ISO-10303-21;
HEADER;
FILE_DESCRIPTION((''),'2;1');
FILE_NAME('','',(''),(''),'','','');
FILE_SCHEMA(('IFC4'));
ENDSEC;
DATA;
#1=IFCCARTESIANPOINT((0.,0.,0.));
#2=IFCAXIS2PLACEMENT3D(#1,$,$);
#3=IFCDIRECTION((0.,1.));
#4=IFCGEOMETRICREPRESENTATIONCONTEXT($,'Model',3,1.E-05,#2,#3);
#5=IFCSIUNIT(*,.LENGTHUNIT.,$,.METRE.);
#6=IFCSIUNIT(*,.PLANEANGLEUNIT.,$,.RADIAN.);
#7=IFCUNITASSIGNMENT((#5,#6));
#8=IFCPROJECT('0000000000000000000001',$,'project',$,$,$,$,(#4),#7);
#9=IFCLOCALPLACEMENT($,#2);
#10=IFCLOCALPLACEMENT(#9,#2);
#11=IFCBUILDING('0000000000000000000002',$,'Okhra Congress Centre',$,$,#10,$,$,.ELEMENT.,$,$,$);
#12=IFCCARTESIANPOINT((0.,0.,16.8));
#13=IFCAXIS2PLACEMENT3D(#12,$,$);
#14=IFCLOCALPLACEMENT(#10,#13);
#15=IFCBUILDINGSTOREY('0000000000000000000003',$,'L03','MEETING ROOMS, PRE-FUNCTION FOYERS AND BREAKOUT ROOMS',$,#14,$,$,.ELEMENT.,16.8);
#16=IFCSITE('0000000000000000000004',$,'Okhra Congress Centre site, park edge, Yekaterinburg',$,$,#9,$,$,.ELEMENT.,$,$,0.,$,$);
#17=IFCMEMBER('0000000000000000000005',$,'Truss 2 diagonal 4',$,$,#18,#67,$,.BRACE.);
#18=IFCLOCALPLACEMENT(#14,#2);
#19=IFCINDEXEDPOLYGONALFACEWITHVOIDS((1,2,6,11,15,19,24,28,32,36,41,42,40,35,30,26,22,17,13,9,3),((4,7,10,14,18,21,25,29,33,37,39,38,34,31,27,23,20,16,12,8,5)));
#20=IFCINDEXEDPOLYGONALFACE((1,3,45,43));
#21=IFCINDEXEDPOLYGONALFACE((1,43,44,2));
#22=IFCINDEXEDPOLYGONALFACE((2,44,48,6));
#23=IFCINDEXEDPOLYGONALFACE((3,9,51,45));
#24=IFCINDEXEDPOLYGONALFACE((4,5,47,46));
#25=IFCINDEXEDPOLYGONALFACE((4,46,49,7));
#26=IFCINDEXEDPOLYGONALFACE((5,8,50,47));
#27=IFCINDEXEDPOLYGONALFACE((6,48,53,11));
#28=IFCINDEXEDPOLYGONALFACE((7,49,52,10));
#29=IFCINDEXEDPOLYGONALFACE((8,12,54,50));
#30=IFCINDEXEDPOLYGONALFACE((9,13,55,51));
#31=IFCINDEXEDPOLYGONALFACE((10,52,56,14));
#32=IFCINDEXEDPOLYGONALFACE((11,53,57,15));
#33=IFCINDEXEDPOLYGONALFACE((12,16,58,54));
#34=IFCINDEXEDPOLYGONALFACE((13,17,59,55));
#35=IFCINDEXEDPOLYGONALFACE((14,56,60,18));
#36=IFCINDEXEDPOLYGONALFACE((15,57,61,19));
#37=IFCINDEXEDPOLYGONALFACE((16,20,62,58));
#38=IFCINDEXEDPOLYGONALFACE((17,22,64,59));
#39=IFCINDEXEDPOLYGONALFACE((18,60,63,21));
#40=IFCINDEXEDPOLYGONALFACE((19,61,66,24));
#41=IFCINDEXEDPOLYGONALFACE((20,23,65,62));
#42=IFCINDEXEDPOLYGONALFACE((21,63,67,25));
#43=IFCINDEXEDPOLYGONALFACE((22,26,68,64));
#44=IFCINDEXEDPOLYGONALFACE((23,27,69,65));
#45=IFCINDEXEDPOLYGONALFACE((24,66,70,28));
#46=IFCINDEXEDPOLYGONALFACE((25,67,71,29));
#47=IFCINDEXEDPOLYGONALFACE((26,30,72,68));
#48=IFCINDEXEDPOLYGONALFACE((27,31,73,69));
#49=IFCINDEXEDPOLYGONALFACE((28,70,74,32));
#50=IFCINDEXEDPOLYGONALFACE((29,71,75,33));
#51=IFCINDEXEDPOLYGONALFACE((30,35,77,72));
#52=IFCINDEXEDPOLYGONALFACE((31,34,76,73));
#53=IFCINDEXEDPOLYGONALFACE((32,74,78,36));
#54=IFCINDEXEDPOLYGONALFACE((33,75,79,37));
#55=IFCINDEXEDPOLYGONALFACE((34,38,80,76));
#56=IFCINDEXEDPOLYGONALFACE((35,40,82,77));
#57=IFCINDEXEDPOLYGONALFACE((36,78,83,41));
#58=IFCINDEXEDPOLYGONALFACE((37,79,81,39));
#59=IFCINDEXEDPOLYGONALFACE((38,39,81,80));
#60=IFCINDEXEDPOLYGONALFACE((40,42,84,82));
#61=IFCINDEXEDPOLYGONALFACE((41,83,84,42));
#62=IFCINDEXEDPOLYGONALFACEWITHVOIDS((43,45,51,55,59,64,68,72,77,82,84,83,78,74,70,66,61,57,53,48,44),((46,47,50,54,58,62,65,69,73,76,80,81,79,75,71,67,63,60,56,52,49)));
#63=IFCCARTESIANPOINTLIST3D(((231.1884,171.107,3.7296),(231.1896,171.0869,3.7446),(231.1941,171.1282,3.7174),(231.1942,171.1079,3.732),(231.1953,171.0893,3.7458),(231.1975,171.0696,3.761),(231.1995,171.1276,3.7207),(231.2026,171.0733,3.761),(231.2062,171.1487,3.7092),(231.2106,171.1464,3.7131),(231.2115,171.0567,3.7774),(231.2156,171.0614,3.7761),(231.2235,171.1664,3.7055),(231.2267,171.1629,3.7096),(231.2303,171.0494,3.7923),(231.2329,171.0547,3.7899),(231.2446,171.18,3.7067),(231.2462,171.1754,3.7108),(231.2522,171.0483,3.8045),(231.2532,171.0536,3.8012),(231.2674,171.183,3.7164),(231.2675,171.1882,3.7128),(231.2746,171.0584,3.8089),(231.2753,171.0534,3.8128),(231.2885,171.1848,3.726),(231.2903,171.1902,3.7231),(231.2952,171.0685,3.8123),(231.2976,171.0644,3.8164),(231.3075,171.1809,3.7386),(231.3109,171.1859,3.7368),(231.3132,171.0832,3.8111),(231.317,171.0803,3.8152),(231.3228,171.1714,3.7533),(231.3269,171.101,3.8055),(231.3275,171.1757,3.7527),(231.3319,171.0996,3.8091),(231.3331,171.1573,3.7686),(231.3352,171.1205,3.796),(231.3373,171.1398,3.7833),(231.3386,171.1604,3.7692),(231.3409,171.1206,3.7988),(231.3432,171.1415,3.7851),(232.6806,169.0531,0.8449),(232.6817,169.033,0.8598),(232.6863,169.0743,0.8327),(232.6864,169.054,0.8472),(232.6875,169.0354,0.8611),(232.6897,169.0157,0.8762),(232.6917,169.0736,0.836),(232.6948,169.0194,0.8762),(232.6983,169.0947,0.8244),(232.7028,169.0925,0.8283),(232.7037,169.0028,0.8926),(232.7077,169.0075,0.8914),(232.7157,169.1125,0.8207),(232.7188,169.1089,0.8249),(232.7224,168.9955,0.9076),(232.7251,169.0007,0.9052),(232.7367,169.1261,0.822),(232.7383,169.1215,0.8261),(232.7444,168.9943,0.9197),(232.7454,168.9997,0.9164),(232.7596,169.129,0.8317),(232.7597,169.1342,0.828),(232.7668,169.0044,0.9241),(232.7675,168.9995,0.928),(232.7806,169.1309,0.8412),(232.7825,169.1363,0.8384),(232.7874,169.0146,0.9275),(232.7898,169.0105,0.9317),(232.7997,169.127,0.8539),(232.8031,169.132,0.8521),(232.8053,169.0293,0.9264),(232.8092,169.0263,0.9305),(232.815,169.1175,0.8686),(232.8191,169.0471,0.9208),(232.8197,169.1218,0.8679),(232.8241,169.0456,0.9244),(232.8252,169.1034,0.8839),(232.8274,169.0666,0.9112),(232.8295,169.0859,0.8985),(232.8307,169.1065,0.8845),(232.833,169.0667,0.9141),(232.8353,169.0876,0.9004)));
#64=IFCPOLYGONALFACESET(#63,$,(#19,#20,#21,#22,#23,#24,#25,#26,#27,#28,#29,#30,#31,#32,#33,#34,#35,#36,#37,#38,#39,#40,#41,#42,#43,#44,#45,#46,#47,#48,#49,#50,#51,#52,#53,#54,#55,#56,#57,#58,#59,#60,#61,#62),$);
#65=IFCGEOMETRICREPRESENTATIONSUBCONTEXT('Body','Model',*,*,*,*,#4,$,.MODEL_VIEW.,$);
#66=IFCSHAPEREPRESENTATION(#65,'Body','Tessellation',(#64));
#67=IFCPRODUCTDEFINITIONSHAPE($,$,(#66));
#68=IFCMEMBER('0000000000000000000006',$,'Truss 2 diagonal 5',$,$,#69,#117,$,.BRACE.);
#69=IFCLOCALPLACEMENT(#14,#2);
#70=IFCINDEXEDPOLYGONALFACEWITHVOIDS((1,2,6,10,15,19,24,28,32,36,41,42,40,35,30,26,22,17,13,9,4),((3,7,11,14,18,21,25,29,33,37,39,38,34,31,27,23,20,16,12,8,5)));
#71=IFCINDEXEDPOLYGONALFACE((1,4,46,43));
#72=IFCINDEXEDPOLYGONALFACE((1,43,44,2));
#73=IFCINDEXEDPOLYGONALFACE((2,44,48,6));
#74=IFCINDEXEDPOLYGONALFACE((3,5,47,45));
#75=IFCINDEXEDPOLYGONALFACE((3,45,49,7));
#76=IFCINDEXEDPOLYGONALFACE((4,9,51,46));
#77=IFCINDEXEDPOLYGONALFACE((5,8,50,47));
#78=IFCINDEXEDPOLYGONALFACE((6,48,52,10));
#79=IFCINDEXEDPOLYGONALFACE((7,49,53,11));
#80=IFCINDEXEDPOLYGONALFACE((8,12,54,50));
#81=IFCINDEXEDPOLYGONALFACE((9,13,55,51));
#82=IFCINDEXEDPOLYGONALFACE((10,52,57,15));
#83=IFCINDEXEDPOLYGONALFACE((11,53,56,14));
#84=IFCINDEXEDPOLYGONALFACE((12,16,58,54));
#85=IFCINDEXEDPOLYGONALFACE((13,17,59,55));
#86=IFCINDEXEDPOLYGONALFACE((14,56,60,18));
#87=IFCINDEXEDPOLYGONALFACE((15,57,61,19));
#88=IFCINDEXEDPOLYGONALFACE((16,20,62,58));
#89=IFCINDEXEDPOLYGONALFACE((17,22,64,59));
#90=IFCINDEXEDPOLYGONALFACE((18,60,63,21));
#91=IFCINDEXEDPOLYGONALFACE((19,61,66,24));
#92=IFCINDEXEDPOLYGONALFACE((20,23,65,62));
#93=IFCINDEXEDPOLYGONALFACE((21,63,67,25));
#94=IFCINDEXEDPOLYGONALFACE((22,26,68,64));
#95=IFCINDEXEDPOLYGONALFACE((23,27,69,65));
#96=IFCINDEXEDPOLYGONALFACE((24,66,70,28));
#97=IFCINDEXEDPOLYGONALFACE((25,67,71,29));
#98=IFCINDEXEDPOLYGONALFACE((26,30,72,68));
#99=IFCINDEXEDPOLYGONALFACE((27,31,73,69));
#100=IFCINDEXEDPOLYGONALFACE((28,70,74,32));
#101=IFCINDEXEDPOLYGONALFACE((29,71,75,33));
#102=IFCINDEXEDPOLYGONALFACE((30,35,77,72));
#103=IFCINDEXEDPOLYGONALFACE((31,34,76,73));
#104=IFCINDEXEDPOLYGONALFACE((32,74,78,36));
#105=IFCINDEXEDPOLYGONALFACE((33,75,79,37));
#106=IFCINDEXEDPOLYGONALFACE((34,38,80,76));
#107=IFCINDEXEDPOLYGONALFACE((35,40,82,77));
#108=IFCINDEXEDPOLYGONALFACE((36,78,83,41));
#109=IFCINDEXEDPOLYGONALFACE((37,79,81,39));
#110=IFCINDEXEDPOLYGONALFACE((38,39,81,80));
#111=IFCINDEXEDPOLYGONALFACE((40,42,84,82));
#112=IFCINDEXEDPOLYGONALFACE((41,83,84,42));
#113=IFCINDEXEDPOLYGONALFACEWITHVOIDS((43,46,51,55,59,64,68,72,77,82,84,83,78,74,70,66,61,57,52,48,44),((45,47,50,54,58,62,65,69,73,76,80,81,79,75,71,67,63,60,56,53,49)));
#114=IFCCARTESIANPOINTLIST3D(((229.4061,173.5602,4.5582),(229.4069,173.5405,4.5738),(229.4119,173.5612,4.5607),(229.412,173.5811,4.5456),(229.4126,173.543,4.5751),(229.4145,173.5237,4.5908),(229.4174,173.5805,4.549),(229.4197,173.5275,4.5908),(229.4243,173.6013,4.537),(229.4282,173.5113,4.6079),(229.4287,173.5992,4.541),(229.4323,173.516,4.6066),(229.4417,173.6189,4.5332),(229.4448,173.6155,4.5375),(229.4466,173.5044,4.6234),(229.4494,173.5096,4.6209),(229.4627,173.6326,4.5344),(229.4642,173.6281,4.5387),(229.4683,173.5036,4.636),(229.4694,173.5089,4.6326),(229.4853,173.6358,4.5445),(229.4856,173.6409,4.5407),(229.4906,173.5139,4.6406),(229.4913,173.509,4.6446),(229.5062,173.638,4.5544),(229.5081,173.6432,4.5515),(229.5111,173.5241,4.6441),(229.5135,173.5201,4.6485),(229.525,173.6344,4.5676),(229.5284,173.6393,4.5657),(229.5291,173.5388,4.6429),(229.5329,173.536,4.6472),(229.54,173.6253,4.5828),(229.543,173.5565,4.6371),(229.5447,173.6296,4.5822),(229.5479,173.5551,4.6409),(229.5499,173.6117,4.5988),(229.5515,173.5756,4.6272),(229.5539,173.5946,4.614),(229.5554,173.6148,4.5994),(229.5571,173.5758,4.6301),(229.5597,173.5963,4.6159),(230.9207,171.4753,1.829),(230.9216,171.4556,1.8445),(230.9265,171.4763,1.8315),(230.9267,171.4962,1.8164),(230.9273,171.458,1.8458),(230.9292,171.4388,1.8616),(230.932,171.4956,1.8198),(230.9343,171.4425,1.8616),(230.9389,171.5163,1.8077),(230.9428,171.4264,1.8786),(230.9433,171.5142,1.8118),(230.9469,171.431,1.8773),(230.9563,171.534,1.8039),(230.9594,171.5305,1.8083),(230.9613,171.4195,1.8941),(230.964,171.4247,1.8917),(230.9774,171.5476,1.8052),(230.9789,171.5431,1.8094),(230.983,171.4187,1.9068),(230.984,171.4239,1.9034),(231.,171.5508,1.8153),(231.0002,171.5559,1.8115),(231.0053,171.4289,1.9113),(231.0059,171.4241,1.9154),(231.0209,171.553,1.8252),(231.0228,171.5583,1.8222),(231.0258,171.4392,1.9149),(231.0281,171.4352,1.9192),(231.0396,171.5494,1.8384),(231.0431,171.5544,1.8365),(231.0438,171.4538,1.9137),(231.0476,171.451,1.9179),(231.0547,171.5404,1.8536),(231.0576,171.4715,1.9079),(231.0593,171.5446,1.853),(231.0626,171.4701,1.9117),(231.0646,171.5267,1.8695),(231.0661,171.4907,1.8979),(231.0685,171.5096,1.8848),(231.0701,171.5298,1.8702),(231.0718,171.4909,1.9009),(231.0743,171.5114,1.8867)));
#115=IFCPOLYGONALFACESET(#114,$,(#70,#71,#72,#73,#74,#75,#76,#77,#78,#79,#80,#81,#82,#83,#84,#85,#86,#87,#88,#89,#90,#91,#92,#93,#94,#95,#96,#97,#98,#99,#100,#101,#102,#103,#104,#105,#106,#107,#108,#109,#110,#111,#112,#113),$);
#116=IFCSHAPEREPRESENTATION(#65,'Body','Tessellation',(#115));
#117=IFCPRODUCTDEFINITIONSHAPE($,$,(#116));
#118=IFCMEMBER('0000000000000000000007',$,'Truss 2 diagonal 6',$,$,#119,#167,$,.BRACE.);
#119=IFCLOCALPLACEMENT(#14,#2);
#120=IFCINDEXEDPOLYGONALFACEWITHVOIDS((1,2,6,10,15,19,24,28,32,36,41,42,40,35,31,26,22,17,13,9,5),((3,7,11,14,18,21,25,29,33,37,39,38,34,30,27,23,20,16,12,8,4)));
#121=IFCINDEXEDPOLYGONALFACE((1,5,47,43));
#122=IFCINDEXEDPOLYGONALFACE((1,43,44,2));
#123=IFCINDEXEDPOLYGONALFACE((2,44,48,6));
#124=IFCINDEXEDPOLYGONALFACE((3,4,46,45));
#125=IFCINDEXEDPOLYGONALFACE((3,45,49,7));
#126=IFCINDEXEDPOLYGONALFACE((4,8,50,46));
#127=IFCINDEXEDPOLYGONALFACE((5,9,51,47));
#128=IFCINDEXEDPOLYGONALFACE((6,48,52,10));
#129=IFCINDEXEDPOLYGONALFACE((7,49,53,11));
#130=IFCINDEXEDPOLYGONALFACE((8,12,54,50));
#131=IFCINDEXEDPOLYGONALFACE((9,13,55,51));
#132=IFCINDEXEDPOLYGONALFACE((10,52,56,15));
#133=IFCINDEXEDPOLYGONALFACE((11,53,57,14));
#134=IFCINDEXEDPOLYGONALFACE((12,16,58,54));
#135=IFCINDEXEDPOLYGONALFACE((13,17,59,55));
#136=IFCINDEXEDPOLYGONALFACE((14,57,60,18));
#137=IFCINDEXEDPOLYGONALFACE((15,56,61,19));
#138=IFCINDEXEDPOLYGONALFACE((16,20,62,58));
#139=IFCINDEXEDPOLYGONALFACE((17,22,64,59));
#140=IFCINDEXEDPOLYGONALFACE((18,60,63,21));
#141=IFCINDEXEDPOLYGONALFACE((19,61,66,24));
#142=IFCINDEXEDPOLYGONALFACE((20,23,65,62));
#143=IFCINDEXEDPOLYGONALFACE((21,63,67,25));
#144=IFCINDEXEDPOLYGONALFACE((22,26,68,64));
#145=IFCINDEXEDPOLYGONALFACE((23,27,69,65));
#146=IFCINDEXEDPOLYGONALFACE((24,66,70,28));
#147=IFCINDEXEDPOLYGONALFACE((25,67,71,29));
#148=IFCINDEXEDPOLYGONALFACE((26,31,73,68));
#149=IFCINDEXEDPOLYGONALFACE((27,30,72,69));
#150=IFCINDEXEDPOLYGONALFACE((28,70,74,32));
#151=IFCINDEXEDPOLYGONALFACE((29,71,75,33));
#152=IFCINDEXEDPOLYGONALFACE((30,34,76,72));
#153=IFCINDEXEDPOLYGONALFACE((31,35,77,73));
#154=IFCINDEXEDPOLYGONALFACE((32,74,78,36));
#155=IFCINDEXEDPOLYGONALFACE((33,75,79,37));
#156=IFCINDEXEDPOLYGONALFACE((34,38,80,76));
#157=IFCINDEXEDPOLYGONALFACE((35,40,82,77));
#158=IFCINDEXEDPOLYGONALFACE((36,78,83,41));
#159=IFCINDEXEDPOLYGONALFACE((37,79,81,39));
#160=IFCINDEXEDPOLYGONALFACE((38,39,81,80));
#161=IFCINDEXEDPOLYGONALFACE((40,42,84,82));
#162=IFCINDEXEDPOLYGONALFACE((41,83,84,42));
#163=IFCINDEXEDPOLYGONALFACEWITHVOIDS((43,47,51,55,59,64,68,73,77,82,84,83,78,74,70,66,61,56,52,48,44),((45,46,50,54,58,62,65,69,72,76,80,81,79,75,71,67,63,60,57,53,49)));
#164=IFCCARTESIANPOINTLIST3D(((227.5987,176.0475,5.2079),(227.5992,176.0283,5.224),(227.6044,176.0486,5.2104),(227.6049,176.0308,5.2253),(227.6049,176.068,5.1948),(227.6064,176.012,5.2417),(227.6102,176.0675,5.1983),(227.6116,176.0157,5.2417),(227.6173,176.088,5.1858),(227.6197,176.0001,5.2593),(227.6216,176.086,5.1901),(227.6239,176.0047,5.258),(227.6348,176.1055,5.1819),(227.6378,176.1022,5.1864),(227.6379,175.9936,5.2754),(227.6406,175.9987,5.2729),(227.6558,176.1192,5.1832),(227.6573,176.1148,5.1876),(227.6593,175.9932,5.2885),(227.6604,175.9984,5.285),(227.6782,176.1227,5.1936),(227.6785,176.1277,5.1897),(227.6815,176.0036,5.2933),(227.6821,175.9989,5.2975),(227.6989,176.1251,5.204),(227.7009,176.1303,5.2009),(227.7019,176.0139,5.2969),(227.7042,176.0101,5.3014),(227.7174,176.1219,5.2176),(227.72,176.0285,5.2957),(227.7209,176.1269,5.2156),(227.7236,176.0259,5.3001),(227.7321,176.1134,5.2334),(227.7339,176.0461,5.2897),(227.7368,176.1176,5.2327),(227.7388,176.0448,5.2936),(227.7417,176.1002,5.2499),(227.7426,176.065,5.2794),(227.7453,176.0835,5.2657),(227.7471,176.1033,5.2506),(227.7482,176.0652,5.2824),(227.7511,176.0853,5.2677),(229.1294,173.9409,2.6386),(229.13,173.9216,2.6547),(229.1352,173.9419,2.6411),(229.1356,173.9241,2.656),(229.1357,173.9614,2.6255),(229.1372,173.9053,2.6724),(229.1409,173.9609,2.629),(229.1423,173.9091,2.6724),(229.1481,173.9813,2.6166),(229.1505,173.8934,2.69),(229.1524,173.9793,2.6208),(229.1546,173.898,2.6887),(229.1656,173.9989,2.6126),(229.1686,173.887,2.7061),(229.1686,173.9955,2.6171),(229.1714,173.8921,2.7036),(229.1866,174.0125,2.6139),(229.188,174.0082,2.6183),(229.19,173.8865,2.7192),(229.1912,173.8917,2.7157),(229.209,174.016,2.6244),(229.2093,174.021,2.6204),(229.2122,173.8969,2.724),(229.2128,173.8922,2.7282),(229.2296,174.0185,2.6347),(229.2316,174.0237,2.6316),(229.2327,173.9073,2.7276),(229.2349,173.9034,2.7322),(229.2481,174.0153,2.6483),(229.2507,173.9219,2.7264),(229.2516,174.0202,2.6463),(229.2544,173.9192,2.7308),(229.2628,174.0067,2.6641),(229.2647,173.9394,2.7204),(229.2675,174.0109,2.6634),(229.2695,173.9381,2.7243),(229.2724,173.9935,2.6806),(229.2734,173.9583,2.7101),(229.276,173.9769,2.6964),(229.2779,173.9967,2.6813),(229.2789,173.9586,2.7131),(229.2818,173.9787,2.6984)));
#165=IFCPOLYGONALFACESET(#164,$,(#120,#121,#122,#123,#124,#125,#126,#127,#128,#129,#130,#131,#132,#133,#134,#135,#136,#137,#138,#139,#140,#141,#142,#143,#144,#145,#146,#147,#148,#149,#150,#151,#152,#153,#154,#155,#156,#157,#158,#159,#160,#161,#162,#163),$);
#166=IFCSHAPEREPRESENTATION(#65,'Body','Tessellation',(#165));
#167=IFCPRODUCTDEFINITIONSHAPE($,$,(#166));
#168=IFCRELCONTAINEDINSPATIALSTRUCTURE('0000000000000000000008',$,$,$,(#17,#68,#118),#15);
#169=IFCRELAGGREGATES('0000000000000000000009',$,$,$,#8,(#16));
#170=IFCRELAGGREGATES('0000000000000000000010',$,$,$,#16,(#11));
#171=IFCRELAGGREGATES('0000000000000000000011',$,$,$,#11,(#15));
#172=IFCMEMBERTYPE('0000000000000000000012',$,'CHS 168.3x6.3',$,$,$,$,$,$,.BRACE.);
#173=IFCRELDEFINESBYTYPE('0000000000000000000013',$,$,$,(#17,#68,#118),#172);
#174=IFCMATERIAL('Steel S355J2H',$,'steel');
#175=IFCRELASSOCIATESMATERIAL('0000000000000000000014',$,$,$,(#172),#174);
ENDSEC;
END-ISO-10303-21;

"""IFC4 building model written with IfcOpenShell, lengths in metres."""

from ifc_helpers import new_model, si_unit, direction, frame, origin, origin_2d, place, context, subcontext, project, spatial, hollow_circle, extrude, material, material_profile, profile_set, type_object, element, save


model = new_model("IFC4")

# Units and contexts
model_context = context("Model", 3, precision=1e-05, world=origin(), true_north=direction((0.0, 1.0)))
body_context = subcontext(model_context, "Body", "Model", "MODEL_VIEW")
ifc_project = project(units=[si_unit("LENGTHUNIT", "METRE"), si_unit("PLANEANGLEUNIT", "RADIAN")], contexts=[model_context])

# Site, building, storey
site_placement = place(None, origin())
site = spatial("IfcSite", under=ifc_project, at=site_placement, Name="Okhra Congress Centre site, park edge, Yekaterinburg", CompositionType="ELEMENT", RefElevation=0.0)
building_placement = place(site_placement, origin())
building = spatial("IfcBuilding", under=site, at=building_placement, Name="Okhra Congress Centre", CompositionType="ELEMENT")
storey_placement = place(building_placement, frame((0.0, 0.0, 16.8)))
storey = spatial("IfcBuildingStorey", under=building, at=storey_placement, Name="L03", Description="MEETING ROOMS, PRE-FUNCTION FOYERS AND BREAKOUT ROOMS", CompositionType="ELEMENT", Elevation=16.8)

# Members
ifc_material_1 = material(Name="Steel S355J2H", Category="steel")
ifc_material_profile_1 = material_profile(ifc_material_1, hollow_circle(Radius=0.0842, WallThickness=0.0063, at=origin_2d()), Name="CHS 168.3x6.3")
ifc_profile_set_1 = profile_set([ifc_material_profile_1], Name="Steel S355J2H")
member_type_1 = type_object("IfcMemberType", Name="CHS 168.3x6.3", PredefinedType="BRACE", material=ifc_profile_set_1)
member_1_placement = place(storey_placement, frame((232.7578, 169.0652, 0.8762), z_axis=(-0.388306, 0.534492, 0.750691), x_axis=(-0.809035, -0.58776, 0.0)))
element("IfcMember", 1, at=member_1_placement, inside=storey, type_object=member_type_1, Name="Truss 2 diagonal 4", PredefinedType="BRACE", context=body_context, shape_type="SweptSolid", body=[
    extrude(hollow_circle(Radius=0.0842, WallThickness=0.0063, at=origin_2d()), origin(), (0.0, 0.0, 1.0), 3.8428),
])
member_2_placement = place(storey_placement, frame((230.9973, 171.4883, 1.8616), z_axis=(-0.403512, 0.555446, 0.727088), x_axis=(-0.809047, -0.587744, 0.0)))
element("IfcMember", 2, at=member_2_placement, inside=storey, type_object=member_type_1, Name="Truss 2 diagonal 5", PredefinedType="BRACE", context=body_context, shape_type="SweptSolid", body=[
    extrude(hollow_circle(Radius=0.0842, WallThickness=0.0063, at=origin_2d()), origin(), (0.0, 0.0, 1.0), 3.7537),
])
member_3_placement = place(storey_placement, frame((229.2053, 173.9548, 2.6724), z_axis=(-0.41844, 0.575872, 0.702338), x_axis=(-0.808987, -0.587826, 0.0)))
element("IfcMember", 3, at=member_3_placement, inside=storey, type_object=member_type_1, Name="Truss 2 diagonal 6", PredefinedType="BRACE", context=body_context, shape_type="SweptSolid", body=[
    extrude(hollow_circle(Radius=0.0842, WallThickness=0.0063, at=origin_2d()), origin(), (0.0, 0.0, 1.0), 3.6582),
])

save(model, "model.ifc")
